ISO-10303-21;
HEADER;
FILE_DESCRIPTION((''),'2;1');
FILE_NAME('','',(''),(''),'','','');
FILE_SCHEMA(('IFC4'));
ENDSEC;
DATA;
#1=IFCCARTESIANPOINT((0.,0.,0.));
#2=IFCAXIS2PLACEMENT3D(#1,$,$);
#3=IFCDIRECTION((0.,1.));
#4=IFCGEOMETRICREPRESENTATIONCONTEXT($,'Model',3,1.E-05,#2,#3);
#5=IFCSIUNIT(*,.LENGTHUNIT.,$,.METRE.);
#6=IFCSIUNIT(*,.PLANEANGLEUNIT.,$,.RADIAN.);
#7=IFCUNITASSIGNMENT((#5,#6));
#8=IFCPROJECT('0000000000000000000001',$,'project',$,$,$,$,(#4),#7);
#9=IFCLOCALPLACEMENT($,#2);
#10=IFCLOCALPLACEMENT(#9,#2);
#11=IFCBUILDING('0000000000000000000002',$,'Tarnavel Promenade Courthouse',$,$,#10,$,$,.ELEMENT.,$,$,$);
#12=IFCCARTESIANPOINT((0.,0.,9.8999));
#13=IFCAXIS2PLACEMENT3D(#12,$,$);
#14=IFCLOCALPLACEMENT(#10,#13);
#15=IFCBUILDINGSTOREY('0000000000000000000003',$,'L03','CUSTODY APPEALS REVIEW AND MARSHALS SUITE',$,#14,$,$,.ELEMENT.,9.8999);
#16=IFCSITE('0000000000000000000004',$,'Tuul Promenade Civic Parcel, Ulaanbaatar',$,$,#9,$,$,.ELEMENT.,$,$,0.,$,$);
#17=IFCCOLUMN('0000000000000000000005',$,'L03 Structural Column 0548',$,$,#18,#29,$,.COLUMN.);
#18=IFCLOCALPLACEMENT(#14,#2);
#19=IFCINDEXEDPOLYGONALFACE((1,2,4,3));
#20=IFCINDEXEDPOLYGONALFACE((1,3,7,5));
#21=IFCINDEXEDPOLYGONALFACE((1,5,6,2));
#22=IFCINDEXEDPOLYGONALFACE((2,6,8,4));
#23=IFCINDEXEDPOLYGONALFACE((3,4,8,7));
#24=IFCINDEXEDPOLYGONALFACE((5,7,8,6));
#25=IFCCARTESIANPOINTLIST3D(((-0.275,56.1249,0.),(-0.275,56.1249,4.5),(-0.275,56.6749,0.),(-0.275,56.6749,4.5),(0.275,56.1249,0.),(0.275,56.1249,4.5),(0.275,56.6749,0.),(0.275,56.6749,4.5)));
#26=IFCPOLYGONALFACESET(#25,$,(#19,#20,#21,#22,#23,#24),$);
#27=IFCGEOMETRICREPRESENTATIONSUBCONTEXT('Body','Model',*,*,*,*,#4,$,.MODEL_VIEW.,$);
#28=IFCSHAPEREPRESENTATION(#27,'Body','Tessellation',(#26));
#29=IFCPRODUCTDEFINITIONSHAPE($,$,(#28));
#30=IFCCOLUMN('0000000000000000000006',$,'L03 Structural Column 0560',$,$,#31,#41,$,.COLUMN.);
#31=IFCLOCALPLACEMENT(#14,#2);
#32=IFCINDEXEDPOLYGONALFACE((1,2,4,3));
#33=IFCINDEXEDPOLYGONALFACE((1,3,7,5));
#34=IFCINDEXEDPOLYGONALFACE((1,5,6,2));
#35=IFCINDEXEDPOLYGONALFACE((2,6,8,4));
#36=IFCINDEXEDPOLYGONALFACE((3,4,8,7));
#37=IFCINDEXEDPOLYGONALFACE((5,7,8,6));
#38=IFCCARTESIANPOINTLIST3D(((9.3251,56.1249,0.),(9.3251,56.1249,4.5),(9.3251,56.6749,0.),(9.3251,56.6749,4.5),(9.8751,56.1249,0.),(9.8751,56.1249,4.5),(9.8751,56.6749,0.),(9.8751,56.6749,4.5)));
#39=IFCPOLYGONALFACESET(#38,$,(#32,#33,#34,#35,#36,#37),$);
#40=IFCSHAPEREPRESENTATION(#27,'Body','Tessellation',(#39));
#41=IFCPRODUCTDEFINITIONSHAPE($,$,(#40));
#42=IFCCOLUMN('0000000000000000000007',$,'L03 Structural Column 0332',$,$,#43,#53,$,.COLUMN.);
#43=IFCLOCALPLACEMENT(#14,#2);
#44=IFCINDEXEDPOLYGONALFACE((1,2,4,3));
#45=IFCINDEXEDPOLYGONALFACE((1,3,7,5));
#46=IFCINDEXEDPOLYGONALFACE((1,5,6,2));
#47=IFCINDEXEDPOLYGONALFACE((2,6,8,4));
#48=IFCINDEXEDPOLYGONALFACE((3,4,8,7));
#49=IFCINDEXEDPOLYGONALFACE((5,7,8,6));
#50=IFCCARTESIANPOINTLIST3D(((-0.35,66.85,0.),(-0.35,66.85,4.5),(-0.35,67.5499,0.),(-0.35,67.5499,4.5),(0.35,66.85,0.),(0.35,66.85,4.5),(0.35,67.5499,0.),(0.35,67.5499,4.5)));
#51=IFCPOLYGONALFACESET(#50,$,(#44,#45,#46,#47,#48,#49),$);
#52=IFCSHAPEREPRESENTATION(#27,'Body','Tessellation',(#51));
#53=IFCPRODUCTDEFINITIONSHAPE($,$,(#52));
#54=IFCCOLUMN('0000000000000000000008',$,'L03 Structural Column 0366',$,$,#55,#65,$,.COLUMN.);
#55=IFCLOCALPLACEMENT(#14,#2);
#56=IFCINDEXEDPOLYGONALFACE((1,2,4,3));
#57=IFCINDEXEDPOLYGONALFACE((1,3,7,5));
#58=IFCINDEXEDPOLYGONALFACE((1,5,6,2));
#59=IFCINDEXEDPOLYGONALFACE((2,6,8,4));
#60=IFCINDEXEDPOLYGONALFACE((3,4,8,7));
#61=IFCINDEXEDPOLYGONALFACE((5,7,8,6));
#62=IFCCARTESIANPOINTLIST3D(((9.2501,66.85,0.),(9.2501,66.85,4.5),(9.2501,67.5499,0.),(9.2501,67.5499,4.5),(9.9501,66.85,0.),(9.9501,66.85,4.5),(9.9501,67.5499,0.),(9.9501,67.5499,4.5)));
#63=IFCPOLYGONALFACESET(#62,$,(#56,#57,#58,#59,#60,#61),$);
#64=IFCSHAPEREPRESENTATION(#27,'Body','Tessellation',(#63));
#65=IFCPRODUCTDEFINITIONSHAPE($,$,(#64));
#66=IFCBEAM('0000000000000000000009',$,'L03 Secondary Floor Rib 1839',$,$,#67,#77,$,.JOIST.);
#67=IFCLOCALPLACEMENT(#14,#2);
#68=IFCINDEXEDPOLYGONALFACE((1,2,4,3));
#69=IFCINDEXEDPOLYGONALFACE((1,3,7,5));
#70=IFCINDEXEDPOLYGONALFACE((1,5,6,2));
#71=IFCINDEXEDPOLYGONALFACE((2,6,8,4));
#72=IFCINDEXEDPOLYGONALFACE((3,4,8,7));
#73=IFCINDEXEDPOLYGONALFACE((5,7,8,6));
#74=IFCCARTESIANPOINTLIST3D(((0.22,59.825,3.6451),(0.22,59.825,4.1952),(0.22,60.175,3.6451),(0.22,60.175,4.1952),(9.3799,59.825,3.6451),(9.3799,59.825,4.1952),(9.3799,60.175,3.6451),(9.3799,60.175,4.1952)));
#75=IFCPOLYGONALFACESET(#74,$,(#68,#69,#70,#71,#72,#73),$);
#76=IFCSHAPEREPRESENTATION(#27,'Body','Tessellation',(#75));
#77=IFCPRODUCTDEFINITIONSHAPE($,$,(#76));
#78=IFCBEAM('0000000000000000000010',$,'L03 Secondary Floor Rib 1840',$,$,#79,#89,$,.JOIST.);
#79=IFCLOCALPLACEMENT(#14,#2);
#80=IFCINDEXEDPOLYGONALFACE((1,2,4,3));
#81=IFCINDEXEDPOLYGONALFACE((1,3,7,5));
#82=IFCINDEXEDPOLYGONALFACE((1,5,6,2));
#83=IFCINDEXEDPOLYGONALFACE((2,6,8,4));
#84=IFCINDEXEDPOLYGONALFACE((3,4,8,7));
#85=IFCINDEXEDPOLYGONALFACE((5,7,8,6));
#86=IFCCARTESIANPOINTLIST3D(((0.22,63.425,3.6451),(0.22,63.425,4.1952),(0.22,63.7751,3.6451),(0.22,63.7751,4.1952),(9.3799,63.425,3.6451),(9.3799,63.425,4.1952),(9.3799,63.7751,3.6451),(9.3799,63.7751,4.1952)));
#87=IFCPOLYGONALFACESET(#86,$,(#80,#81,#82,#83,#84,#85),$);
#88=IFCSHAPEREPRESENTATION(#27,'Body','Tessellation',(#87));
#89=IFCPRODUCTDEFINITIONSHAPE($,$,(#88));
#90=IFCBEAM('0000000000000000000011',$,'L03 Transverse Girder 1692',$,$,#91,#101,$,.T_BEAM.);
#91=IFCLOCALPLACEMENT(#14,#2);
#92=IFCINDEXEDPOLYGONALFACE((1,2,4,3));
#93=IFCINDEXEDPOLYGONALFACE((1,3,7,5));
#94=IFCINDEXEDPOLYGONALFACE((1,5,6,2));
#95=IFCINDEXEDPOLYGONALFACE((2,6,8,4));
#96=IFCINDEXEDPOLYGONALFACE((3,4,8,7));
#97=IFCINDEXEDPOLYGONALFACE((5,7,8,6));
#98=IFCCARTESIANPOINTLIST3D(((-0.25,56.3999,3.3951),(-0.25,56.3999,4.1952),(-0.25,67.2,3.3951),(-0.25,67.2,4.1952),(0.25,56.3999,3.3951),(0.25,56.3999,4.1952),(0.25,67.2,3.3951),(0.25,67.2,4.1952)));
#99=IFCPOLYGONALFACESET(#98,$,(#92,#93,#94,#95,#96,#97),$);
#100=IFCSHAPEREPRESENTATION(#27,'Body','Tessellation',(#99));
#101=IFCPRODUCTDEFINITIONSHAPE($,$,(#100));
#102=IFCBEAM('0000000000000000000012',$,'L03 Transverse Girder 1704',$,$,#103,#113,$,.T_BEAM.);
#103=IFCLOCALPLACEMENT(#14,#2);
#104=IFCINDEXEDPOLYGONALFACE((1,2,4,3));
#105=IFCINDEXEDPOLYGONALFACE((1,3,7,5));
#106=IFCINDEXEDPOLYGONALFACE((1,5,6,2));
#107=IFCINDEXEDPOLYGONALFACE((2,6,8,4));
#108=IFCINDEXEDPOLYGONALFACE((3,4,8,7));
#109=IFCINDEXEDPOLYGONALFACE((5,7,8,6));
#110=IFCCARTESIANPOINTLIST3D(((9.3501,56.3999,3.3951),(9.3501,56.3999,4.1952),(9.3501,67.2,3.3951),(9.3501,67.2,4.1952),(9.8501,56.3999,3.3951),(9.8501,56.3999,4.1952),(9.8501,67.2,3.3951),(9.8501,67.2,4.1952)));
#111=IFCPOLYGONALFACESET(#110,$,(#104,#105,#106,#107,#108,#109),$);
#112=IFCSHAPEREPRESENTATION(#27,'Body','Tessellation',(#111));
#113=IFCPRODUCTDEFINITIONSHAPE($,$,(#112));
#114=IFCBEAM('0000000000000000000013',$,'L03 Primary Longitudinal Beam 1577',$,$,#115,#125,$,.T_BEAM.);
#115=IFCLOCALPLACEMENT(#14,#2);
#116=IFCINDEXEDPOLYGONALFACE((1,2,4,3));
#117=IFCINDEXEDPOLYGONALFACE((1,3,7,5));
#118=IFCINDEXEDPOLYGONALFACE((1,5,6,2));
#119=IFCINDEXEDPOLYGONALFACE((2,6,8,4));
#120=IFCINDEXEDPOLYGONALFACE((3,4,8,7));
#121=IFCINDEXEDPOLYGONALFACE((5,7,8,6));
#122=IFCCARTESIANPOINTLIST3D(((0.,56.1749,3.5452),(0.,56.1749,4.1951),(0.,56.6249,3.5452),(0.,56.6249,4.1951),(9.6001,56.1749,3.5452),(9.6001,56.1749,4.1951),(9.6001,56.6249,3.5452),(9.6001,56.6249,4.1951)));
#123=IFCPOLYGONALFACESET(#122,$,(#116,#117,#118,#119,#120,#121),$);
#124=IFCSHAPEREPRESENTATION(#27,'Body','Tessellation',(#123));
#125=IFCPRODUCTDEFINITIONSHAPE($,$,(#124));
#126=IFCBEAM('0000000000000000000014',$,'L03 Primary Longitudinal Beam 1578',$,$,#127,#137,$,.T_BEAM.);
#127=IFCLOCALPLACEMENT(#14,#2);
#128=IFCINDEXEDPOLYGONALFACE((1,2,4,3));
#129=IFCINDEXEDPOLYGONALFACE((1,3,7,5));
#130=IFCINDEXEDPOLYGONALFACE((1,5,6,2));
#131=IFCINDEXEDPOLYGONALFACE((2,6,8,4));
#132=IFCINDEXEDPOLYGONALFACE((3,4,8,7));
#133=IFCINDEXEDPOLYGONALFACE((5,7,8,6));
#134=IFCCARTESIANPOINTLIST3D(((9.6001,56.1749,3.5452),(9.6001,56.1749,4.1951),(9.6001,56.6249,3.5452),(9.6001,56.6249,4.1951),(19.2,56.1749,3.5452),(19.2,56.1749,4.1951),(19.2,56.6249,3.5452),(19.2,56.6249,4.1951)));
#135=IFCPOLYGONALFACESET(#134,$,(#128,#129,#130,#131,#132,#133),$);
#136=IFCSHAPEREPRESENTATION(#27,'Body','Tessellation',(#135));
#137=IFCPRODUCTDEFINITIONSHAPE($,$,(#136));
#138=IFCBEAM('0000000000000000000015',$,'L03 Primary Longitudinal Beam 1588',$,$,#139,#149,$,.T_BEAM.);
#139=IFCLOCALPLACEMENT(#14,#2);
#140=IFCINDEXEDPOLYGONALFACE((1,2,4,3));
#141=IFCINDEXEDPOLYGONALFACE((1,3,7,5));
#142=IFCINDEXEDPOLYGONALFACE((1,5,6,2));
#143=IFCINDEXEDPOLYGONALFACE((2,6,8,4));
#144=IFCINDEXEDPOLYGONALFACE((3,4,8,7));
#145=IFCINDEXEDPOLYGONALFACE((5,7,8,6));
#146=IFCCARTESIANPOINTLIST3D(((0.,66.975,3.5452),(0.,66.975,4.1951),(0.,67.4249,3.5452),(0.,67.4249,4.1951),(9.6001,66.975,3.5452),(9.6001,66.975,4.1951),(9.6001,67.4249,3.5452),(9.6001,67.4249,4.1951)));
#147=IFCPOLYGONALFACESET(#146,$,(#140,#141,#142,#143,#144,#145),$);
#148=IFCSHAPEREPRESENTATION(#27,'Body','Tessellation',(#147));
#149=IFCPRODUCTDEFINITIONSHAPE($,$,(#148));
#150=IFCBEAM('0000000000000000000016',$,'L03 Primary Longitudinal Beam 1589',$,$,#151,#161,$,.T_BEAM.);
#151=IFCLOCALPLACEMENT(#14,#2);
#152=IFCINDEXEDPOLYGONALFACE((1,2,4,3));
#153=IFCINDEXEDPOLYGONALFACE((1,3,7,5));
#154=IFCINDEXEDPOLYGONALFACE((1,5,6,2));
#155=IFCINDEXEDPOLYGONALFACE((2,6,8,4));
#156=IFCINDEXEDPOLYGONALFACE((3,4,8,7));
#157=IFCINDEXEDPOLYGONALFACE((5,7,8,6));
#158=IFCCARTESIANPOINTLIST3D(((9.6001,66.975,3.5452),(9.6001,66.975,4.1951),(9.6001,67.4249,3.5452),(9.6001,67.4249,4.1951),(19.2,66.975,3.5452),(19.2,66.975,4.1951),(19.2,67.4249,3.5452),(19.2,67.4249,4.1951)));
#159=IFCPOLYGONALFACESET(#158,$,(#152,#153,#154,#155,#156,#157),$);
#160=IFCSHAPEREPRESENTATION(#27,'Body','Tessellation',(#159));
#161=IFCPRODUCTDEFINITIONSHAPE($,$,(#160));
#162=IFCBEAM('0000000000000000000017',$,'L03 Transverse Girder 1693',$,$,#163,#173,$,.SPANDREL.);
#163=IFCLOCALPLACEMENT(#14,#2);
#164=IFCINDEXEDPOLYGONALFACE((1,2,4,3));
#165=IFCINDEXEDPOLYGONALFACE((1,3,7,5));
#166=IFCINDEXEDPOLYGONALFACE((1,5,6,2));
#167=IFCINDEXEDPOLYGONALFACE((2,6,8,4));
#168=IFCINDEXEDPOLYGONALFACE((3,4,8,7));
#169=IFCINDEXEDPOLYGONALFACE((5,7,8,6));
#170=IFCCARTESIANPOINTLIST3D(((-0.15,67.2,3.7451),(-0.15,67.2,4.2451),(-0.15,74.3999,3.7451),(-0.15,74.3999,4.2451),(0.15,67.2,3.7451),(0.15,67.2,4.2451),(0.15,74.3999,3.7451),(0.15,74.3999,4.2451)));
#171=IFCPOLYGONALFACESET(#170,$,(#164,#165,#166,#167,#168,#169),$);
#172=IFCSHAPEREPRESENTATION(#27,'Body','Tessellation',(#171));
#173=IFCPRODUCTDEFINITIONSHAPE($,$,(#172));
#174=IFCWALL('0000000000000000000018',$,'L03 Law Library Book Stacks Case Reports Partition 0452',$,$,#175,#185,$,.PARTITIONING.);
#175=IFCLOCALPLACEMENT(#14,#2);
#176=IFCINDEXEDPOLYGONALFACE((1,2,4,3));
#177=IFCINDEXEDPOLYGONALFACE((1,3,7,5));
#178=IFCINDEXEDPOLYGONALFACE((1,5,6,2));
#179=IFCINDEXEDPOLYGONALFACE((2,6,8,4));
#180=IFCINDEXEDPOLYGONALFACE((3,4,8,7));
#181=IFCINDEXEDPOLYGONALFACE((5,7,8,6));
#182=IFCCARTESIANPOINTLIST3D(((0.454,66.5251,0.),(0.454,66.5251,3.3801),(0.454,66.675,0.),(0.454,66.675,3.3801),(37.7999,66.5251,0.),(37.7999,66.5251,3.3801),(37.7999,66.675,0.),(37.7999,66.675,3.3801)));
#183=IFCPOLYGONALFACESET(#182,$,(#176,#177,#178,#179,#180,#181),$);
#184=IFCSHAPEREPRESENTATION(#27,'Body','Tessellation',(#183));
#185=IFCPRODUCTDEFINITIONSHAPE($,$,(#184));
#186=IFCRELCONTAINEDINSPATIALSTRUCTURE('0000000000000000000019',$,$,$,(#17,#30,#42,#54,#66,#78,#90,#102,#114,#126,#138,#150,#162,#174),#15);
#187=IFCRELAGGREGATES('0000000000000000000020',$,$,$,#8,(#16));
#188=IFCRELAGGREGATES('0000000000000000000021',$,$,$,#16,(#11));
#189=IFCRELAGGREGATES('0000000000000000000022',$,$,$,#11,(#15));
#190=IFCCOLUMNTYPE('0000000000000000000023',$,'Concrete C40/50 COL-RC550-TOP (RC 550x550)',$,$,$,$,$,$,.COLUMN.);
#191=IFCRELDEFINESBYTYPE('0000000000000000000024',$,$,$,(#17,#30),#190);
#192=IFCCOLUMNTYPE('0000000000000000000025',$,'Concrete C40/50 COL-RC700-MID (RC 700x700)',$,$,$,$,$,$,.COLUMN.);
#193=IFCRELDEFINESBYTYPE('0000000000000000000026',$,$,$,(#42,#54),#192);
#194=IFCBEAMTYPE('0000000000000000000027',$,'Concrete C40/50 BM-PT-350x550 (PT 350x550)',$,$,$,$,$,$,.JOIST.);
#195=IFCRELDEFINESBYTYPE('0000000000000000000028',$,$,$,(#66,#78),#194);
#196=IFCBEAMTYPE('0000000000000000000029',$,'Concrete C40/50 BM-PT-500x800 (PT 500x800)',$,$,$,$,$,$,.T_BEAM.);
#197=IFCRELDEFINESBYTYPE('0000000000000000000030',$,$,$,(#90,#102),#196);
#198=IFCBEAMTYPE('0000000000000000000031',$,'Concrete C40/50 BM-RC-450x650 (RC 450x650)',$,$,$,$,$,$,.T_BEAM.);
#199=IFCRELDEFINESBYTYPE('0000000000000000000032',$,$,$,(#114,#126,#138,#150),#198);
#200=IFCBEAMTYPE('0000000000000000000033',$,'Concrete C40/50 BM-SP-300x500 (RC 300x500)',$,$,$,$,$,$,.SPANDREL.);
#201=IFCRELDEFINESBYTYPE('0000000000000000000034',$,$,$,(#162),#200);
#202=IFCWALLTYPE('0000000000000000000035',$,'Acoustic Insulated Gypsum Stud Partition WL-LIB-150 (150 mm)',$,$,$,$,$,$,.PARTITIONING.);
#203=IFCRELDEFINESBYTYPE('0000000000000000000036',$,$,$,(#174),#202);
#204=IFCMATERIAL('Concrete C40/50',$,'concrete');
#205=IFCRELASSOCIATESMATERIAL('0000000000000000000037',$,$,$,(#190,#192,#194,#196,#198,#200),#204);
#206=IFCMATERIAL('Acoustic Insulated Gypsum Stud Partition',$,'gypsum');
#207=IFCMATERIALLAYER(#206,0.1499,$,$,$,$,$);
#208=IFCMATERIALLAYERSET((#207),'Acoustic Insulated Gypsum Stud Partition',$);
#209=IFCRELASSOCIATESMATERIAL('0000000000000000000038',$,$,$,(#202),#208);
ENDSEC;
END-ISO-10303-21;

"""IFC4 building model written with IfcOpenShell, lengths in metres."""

from ifc_helpers import new_model, si_unit, direction, frame, frame_2d, origin, origin_2d, place, context, subcontext, project, spatial, rectangle, extrude, material, layer, layer_set, material_profile, profile_set, type_object, element, save


model = new_model("IFC4")

# Units and contexts
model_context = context("Model", 3, precision=1e-05, world=origin(), true_north=direction((0.0, 1.0)))
body_context = subcontext(model_context, "Body", "Model", "MODEL_VIEW")
ifc_project = project(units=[si_unit("LENGTHUNIT", "METRE"), si_unit("PLANEANGLEUNIT", "RADIAN")], contexts=[model_context])

# Site, building, storey
site_placement = place(None, origin())
site = spatial("IfcSite", under=ifc_project, at=site_placement, Name="Tuul Promenade Civic Parcel, Ulaanbaatar", CompositionType="ELEMENT", RefElevation=0.0)
building_placement = place(site_placement, origin())
building = spatial("IfcBuilding", under=site, at=building_placement, Name="Tarnavel Promenade Courthouse", CompositionType="ELEMENT")
storey_placement = place(building_placement, frame((0.0, 0.0, 9.8999)))
storey = spatial("IfcBuildingStorey", under=building, at=storey_placement, Name="L03", Description="CUSTODY APPEALS REVIEW AND MARSHALS SUITE", CompositionType="ELEMENT", Elevation=9.8999)

# Columns
ifc_material_1 = material(Name="Concrete C40/50", Category="concrete")
ifc_material_profile_1 = material_profile(ifc_material_1, rectangle(XDim=0.55, YDim=0.55, at=origin_2d()), Name="RC 550x550")
ifc_profile_set_1 = profile_set([ifc_material_profile_1], Name="Concrete C40/50")
column_type_1 = type_object("IfcColumnType", Name="Concrete C40/50 COL-RC550-TOP (RC 550x550)", PredefinedType="COLUMN", material=ifc_profile_set_1)
for number, where, z_axis, x_axis, name in (
    (1, (0.0, 56.3999, 0.0), (0.0, 0.0, 1.0), (1.0, 0.0, 0.0), "L03 Structural Column 0548"),
    (2, (9.6001, 56.3999, 0.0), (0.0, 0.0, 1.0), (1.0, 0.0, 0.0), "L03 Structural Column 0560"),
):
    element("IfcColumn", number, at=place(storey_placement, frame(where, z_axis=z_axis, x_axis=x_axis)), inside=storey, type_object=column_type_1, Name=name, PredefinedType="COLUMN", context=body_context, shape_type="SweptSolid", body=[
        extrude(rectangle(XDim=0.55, YDim=0.55, at=origin_2d()), origin(), (0.0, 0.0, 1.0), 4.5),
    ])
ifc_material_profile_2 = material_profile(ifc_material_1, rectangle(XDim=0.7, YDim=0.7, at=origin_2d()), Name="RC 700x700")
ifc_profile_set_2 = profile_set([ifc_material_profile_2], Name="Concrete C40/50")
column_type_2 = type_object("IfcColumnType", Name="Concrete C40/50 COL-RC700-MID (RC 700x700)", PredefinedType="COLUMN", material=ifc_profile_set_2)
for number, where, z_axis, x_axis, name in (
    (3, (0.0, 67.2, 0.0), (0.0, 0.0, 1.0), (1.0, 0.0, 0.0), "L03 Structural Column 0332"),
    (4, (9.6001, 67.2, 0.0), (0.0, 0.0, 1.0), (1.0, 0.0, 0.0), "L03 Structural Column 0366"),
):
    element("IfcColumn", number, at=place(storey_placement, frame(where, z_axis=z_axis, x_axis=x_axis)), inside=storey, type_object=column_type_2, Name=name, PredefinedType="COLUMN", context=body_context, shape_type="SweptSolid", body=[
        extrude(rectangle(XDim=0.7, YDim=0.7, at=origin_2d()), origin(), (0.0, 0.0, 1.0), 4.5),
    ])

# Beams
ifc_material_profile_3 = material_profile(ifc_material_1, rectangle(XDim=0.3501, YDim=0.55, at=origin_2d()), Name="PT 350x550")
ifc_profile_set_3 = profile_set([ifc_material_profile_3], Name="Concrete C40/50")
beam_type_1 = type_object("IfcBeamType", Name="Concrete C40/50 BM-PT-350x550 (PT 350x550)", PredefinedType="JOIST", material=ifc_profile_set_3)
for number, where, z_axis, x_axis, name in (
    (5, (0.22, 60.0, 3.9202), (1.0, 0.0, 0.0), (0.0, 1.0, 0.0), "L03 Secondary Floor Rib 1839"),
    (6, (0.22, 63.6001, 3.9202), (1.0, 0.0, 0.0), (0.0, 1.0, 0.0), "L03 Secondary Floor Rib 1840"),
):
    element("IfcBeam", number, at=place(storey_placement, frame(where, z_axis=z_axis, x_axis=x_axis)), inside=storey, type_object=beam_type_1, Name=name, PredefinedType="JOIST", context=body_context, shape_type="SweptSolid", body=[
        extrude(rectangle(XDim=0.3501, YDim=0.55, at=origin_2d()), origin(), (0.0, 0.0, 1.0), 9.1599),
    ])
ifc_material_profile_4 = material_profile(ifc_material_1, rectangle(XDim=0.5, YDim=0.8, at=origin_2d()), Name="PT 500x800")
ifc_profile_set_4 = profile_set([ifc_material_profile_4], Name="Concrete C40/50")
beam_type_2 = type_object("IfcBeamType", Name="Concrete C40/50 BM-PT-500x800 (PT 500x800)", PredefinedType="T_BEAM", material=ifc_profile_set_4)
for number, where, z_axis, x_axis, name in (
    (7, (0.0, 56.3999, 3.7952), (0.0, 1.0, 0.0), (-1.0, 0.0, 0.0), "L03 Transverse Girder 1692"),
    (8, (9.6001, 56.3999, 3.7952), (0.0, 1.0, 0.0), (-1.0, 0.0, 0.0), "L03 Transverse Girder 1704"),
):
    element("IfcBeam", number, at=place(storey_placement, frame(where, z_axis=z_axis, x_axis=x_axis)), inside=storey, type_object=beam_type_2, Name=name, PredefinedType="T_BEAM", context=body_context, shape_type="SweptSolid", body=[
        extrude(rectangle(XDim=0.5, YDim=0.8, at=origin_2d()), origin(), (0.0, 0.0, 1.0), 10.8),
    ])
ifc_material_profile_5 = material_profile(ifc_material_1, rectangle(XDim=0.45, YDim=0.6499, at=origin_2d()), Name="RC 450x650")
ifc_profile_set_5 = profile_set([ifc_material_profile_5], Name="Concrete C40/50")
beam_type_3 = type_object("IfcBeamType", Name="Concrete C40/50 BM-RC-450x650 (RC 450x650)", PredefinedType="T_BEAM", material=ifc_profile_set_5)
beam_1_placement = place(storey_placement, frame((0.0, 56.3999, 3.8701), z_axis=(1.0, 0.0, 0.0), x_axis=(0.0, 1.0, 0.0)))
element("IfcBeam", 9, at=beam_1_placement, inside=storey, type_object=beam_type_3, Name="L03 Primary Longitudinal Beam 1577", PredefinedType="T_BEAM", context=body_context, shape_type="SweptSolid", body=[
    extrude(rectangle(XDim=0.45, YDim=0.6499, at=origin_2d()), origin(), (0.0, 0.0, 1.0), 9.6001),
])
beam_2_placement = place(storey_placement, frame((9.6001, 56.3999, 3.8701), z_axis=(1.0, 0.0, 0.0), x_axis=(0.0, 1.0, 0.0)))
element("IfcBeam", 10, at=beam_2_placement, inside=storey, type_object=beam_type_3, Name="L03 Primary Longitudinal Beam 1578", PredefinedType="T_BEAM", context=body_context, shape_type="SweptSolid", body=[
    extrude(rectangle(XDim=0.45, YDim=0.6499, at=origin_2d()), origin(), (0.0, 0.0, 1.0), 9.5999),
])
beam_3_placement = place(storey_placement, frame((0.0, 67.2, 3.8701), z_axis=(1.0, 0.0, 0.0), x_axis=(0.0, 1.0, 0.0)))
element("IfcBeam", 11, at=beam_3_placement, inside=storey, type_object=beam_type_3, Name="L03 Primary Longitudinal Beam 1588", PredefinedType="T_BEAM", context=body_context, shape_type="SweptSolid", body=[
    extrude(rectangle(XDim=0.45, YDim=0.6499, at=origin_2d()), origin(), (0.0, 0.0, 1.0), 9.6001),
])
beam_4_placement = place(storey_placement, frame((9.6001, 67.2, 3.8701), z_axis=(1.0, 0.0, 0.0), x_axis=(0.0, 1.0, 0.0)))
element("IfcBeam", 12, at=beam_4_placement, inside=storey, type_object=beam_type_3, Name="L03 Primary Longitudinal Beam 1589", PredefinedType="T_BEAM", context=body_context, shape_type="SweptSolid", body=[
    extrude(rectangle(XDim=0.45, YDim=0.6499, at=origin_2d()), origin(), (0.0, 0.0, 1.0), 9.5999),
])
ifc_material_profile_6 = material_profile(ifc_material_1, rectangle(XDim=0.3, YDim=0.5, at=origin_2d()), Name="RC 300x500")
ifc_profile_set_6 = profile_set([ifc_material_profile_6], Name="Concrete C40/50")
beam_type_4 = type_object("IfcBeamType", Name="Concrete C40/50 BM-SP-300x500 (RC 300x500)", PredefinedType="SPANDREL", material=ifc_profile_set_6)
beam_5_placement = place(storey_placement, frame((0.0, 67.2, 3.9951), z_axis=(0.0, 1.0, 0.0), x_axis=(-1.0, 0.0, 0.0)))
element("IfcBeam", 13, at=beam_5_placement, inside=storey, type_object=beam_type_4, Name="L03 Transverse Girder 1693", PredefinedType="SPANDREL", context=body_context, shape_type="SweptSolid", body=[
    extrude(rectangle(XDim=0.3, YDim=0.5, at=origin_2d()), origin(), (0.0, 0.0, 1.0), 7.2),
])

# Wall
ifc_material_2 = material(Name="Acoustic Insulated Gypsum Stud Partition", Category="gypsum")
ifc_layer_1 = layer(ifc_material_2, 0.1499)
ifc_layer_set_1 = layer_set([ifc_layer_1], Name="Acoustic Insulated Gypsum Stud Partition")
wall_type_1 = type_object("IfcWallType", Name="Acoustic Insulated Gypsum Stud Partition WL-LIB-150 (150 mm)", PredefinedType="PARTITIONING", material=ifc_layer_set_1)
wall_1_placement = place(storey_placement, frame((0.4541, 66.6001, 0.0), z_axis=(0.0, 0.0, 1.0), x_axis=(1.0, 0.0, 0.0)))
element("IfcWall", 14, at=wall_1_placement, inside=storey, type_object=wall_type_1, Name="L03 Law Library Book Stacks Case Reports Partition 0452", PredefinedType="PARTITIONING", context=body_context, shape_type="SweptSolid", body=[
    extrude(rectangle(XDim=37.3459, YDim=0.1499, at=frame_2d((18.6729, 0.0))), origin(), (0.0, 0.0, 1.0), 3.3801),
])

save(model, "model.ifc")
